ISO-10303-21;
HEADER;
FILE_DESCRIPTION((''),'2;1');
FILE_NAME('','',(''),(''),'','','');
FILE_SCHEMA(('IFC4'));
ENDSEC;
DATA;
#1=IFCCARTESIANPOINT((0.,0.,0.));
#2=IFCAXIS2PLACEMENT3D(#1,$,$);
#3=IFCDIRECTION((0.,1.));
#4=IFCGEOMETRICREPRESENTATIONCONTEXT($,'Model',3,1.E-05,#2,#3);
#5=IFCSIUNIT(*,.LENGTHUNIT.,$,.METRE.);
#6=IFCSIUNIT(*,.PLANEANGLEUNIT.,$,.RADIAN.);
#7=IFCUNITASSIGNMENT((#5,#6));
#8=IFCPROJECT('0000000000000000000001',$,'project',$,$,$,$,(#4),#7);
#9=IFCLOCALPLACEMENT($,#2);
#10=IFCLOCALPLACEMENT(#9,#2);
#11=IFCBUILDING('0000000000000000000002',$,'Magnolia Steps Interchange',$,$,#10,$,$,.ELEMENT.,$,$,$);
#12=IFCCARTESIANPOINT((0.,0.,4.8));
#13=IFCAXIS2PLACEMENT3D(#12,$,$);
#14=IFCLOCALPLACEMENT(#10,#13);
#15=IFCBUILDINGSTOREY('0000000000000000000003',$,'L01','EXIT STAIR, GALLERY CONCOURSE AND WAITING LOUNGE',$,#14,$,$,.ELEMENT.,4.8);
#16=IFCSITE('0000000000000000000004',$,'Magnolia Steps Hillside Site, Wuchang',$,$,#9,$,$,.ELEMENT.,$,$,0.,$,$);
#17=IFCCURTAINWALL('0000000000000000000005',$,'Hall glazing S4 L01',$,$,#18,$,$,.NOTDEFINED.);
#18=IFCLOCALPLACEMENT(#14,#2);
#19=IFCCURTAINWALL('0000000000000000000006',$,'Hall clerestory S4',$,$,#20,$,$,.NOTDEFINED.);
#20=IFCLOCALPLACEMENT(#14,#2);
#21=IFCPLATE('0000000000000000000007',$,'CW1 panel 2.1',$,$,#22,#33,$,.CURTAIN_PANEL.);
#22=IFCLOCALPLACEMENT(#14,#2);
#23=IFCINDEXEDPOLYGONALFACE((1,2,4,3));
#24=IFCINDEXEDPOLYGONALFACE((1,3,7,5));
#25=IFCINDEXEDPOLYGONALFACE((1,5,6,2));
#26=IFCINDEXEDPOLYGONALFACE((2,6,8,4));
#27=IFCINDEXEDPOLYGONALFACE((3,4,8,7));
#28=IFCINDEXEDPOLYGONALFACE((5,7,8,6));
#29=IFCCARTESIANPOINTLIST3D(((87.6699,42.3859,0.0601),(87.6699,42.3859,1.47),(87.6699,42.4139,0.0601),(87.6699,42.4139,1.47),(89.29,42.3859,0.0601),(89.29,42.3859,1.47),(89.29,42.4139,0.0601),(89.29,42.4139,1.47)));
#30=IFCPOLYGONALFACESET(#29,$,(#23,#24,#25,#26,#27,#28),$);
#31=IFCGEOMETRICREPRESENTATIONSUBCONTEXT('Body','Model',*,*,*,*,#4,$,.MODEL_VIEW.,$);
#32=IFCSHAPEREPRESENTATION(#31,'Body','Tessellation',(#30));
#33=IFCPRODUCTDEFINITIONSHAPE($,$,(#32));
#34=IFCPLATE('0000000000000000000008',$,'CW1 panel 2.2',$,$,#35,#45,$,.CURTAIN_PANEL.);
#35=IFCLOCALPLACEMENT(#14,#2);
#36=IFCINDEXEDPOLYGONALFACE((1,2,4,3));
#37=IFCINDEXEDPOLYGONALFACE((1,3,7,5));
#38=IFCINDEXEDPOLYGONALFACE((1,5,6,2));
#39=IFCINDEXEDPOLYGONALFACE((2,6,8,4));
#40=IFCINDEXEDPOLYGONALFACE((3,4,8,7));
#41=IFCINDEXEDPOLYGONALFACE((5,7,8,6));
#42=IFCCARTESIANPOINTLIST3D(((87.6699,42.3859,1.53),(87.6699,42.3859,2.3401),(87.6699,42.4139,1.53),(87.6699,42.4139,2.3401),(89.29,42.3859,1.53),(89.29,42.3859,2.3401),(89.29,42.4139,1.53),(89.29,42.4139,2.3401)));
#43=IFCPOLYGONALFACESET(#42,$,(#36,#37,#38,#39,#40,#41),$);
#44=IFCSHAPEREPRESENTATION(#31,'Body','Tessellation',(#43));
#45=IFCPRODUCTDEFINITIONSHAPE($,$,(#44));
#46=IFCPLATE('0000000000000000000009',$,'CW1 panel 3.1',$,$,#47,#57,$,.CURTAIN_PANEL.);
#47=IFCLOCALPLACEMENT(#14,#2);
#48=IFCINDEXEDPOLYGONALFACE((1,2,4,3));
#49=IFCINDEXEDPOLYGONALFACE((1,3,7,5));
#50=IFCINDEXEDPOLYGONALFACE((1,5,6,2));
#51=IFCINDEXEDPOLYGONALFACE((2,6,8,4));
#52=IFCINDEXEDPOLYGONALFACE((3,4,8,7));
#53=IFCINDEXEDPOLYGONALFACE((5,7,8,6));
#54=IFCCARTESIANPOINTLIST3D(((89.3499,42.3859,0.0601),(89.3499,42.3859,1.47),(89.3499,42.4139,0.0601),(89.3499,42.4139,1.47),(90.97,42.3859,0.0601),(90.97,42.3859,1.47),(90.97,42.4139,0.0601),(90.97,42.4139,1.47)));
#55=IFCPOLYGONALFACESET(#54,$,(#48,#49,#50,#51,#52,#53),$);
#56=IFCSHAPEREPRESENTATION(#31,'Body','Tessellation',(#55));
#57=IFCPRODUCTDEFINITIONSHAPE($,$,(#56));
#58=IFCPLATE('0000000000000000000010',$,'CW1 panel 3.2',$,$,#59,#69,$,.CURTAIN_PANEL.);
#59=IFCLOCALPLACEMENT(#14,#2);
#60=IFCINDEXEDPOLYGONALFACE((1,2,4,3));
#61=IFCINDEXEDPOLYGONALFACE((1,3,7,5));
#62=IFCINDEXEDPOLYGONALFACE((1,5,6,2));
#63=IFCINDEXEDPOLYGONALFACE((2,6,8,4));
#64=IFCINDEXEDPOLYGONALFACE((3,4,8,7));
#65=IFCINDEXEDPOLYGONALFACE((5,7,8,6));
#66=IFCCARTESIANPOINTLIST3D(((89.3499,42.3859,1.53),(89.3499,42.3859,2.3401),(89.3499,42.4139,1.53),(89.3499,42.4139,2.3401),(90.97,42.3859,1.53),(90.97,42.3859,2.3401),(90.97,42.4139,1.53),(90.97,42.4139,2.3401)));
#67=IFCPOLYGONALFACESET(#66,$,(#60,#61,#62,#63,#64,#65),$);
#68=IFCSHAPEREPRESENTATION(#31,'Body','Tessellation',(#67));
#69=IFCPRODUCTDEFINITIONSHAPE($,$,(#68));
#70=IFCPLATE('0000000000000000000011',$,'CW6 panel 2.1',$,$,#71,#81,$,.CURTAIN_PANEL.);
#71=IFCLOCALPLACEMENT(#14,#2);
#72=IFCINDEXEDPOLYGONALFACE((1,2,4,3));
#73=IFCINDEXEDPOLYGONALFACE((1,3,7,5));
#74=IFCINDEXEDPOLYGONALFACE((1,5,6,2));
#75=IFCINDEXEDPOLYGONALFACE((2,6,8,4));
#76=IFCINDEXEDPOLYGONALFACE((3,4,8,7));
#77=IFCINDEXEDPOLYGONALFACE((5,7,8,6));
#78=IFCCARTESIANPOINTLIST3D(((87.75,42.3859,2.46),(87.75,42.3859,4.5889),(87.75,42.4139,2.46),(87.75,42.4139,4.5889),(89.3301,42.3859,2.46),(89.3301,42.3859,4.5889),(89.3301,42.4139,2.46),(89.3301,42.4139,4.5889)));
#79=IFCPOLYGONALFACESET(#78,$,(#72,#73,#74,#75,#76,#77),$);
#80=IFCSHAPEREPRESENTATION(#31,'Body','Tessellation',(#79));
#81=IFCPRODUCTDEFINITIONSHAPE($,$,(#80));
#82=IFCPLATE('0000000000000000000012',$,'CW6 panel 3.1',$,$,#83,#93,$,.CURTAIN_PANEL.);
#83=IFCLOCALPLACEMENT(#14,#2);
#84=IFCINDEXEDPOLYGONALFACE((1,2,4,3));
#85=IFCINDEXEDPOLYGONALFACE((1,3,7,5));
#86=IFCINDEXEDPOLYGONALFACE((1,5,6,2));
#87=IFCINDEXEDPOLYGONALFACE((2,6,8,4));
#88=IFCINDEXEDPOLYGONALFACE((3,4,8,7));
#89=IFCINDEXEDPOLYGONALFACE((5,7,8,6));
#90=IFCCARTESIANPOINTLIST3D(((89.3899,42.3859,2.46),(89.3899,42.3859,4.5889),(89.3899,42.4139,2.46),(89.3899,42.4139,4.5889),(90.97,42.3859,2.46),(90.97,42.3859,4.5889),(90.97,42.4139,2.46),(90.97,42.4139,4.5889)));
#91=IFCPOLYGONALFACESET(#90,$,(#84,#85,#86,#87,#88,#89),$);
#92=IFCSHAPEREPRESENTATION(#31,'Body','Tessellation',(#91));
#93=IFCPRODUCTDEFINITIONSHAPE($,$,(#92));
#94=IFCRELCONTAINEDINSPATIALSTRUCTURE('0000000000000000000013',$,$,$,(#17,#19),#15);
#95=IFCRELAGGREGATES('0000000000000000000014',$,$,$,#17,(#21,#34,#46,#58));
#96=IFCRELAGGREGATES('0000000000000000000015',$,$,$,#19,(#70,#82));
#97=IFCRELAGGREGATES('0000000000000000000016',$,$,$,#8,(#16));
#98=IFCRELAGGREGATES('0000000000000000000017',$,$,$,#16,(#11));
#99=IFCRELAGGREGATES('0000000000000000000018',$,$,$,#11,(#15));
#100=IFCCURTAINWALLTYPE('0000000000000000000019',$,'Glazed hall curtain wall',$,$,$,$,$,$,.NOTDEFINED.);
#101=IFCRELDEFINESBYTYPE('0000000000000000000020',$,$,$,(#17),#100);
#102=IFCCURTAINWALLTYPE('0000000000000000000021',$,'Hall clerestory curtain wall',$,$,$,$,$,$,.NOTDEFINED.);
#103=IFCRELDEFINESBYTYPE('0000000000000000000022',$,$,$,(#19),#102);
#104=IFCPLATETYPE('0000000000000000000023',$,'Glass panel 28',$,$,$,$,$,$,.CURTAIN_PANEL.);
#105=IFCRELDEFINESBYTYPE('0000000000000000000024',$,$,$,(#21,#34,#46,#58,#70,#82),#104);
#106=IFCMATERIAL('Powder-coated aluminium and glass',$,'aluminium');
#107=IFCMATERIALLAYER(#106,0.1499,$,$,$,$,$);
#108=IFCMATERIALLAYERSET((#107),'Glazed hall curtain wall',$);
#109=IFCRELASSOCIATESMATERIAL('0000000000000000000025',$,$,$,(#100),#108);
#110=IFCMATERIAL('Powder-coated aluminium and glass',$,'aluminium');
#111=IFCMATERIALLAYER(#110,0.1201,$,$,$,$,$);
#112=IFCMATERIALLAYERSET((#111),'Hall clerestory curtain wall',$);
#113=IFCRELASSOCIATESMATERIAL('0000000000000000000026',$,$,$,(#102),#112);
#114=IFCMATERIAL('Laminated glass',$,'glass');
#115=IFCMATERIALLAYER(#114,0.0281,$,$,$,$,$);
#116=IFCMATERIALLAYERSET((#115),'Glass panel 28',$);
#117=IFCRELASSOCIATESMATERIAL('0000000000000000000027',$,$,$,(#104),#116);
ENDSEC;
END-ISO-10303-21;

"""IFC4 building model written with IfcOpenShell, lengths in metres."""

from ifc_helpers import new_model, si_unit, direction, frame, origin, origin_2d, place, context, subcontext, project, spatial, rectangle, extrude, material, layer, layer_set, type_object, element, aggregate, save


model = new_model("IFC4")

# Units and contexts
model_context = context("Model", 3, precision=1e-05, world=origin(), true_north=direction((0.0, 1.0)))
body_context = subcontext(model_context, "Body", "Model", "MODEL_VIEW")
ifc_project = project(units=[si_unit("LENGTHUNIT", "METRE"), si_unit("PLANEANGLEUNIT", "RADIAN")], contexts=[model_context])

# Site, building, storey
site_placement = place(None, origin())
site = spatial("IfcSite", under=ifc_project, at=site_placement, Name="Magnolia Steps Hillside Site, Wuchang", CompositionType="ELEMENT", RefElevation=0.0)
building_placement = place(site_placement, origin())
building = spatial("IfcBuilding", under=site, at=building_placement, Name="Magnolia Steps Interchange", CompositionType="ELEMENT")
storey_placement = place(building_placement, frame((0.0, 0.0, 4.8)))
storey = spatial("IfcBuildingStorey", under=building, at=storey_placement, Name="L01", Description="EXIT STAIR, GALLERY CONCOURSE AND WAITING LOUNGE", CompositionType="ELEMENT", Elevation=4.8)

# Curtain walls
ifc_material_1 = material(Name="Powder-coated aluminium and glass", Category="aluminium")
ifc_layer_1 = layer(ifc_material_1, 0.1499)
ifc_layer_set_1 = layer_set([ifc_layer_1], Name="Glazed hall curtain wall")
curtain_wall_type_1 = type_object("IfcCurtainWallType", Name="Glazed hall curtain wall", PredefinedType="NOTDEFINED", material=ifc_layer_set_1)
curtain_wall_1_placement = place(storey_placement, origin())
curtain_wall_1 = element("IfcCurtainWall", 1, at=curtain_wall_1_placement, inside=storey, type_object=curtain_wall_type_1, Name="Hall glazing S4 L01", PredefinedType="NOTDEFINED")
ifc_material_2 = material(Name="Powder-coated aluminium and glass", Category="aluminium")
ifc_layer_2 = layer(ifc_material_2, 0.1201)
ifc_layer_set_2 = layer_set([ifc_layer_2], Name="Hall clerestory curtain wall")
curtain_wall_type_2 = type_object("IfcCurtainWallType", Name="Hall clerestory curtain wall", PredefinedType="NOTDEFINED", material=ifc_layer_set_2)
curtain_wall_2_placement = place(storey_placement, origin())
curtain_wall_2 = element("IfcCurtainWall", 2, at=curtain_wall_2_placement, inside=storey, type_object=curtain_wall_type_2, Name="Hall clerestory S4", PredefinedType="NOTDEFINED")

# Plates
ifc_material_3 = material(Name="Laminated glass", Category="glass")
ifc_layer_3 = layer(ifc_material_3, 0.0281)
ifc_layer_set_3 = layer_set([ifc_layer_3], Name="Glass panel 28")
plate_type = type_object("IfcPlateType", Name="Glass panel 28", PredefinedType="CURTAIN_PANEL", material=ifc_layer_set_3)
plate_1_placement = place(storey_placement, frame((88.48, 42.3999, 0.0601), z_axis=(0.0, 0.0, 1.0), x_axis=(1.0, 0.0, 0.0)))
plate_1 = element("IfcPlate", 3, at=plate_1_placement, type_object=plate_type, Name="CW1 panel 2.1", PredefinedType="CURTAIN_PANEL", context=body_context, shape_type="SweptSolid", body=[
    extrude(rectangle(XDim=1.6201, YDim=0.0281, at=origin_2d()), origin(), (0.0, 0.0, 1.0), 1.4099),
])
plate_2_placement = place(storey_placement, frame((88.48, 42.3999, 1.53), z_axis=(0.0, 0.0, 1.0), x_axis=(1.0, 0.0, 0.0)))
plate_2 = element("IfcPlate", 4, at=plate_2_placement, type_object=plate_type, Name="CW1 panel 2.2", PredefinedType="CURTAIN_PANEL", context=body_context, shape_type="SweptSolid", body=[
    extrude(rectangle(XDim=1.6201, YDim=0.0281, at=origin_2d()), origin(), (0.0, 0.0, 1.0), 0.8101),
])
plate_3_placement = place(storey_placement, frame((90.1599, 42.3999, 0.0601), z_axis=(0.0, 0.0, 1.0), x_axis=(1.0, 0.0, 0.0)))
plate_3 = element("IfcPlate", 5, at=plate_3_placement, type_object=plate_type, Name="CW1 panel 3.1", PredefinedType="CURTAIN_PANEL", context=body_context, shape_type="SweptSolid", body=[
    extrude(rectangle(XDim=1.6201, YDim=0.0281, at=origin_2d()), origin(), (0.0, 0.0, 1.0), 1.4099),
])
plate_4_placement = place(storey_placement, frame((90.1599, 42.3999, 1.53), z_axis=(0.0, 0.0, 1.0), x_axis=(1.0, 0.0, 0.0)))
plate_4 = element("IfcPlate", 6, at=plate_4_placement, type_object=plate_type, Name="CW1 panel 3.2", PredefinedType="CURTAIN_PANEL", context=body_context, shape_type="SweptSolid", body=[
    extrude(rectangle(XDim=1.6201, YDim=0.0281, at=origin_2d()), origin(), (0.0, 0.0, 1.0), 0.8101),
])
aggregate(curtain_wall_1, [plate_1, plate_2, plate_3, plate_4])
plate_5_placement = place(storey_placement, frame((88.54, 42.3999, 2.46), z_axis=(0.0, 0.0, 1.0), x_axis=(1.0, 0.0, 0.0)))
plate_5 = element("IfcPlate", 7, at=plate_5_placement, type_object=plate_type, Name="CW6 panel 2.1", PredefinedType="CURTAIN_PANEL", context=body_context, shape_type="SweptSolid", body=[
    extrude(rectangle(XDim=1.5801, YDim=0.0281, at=origin_2d()), origin(), (0.0, 0.0, 1.0), 2.1289),
])
plate_6_placement = place(storey_placement, frame((90.1799, 42.3999, 2.46), z_axis=(0.0, 0.0, 1.0), x_axis=(1.0, 0.0, 0.0)))
plate_6 = element("IfcPlate", 8, at=plate_6_placement, type_object=plate_type, Name="CW6 panel 3.1", PredefinedType="CURTAIN_PANEL", context=body_context, shape_type="SweptSolid", body=[
    extrude(rectangle(XDim=1.5801, YDim=0.0281, at=origin_2d()), origin(), (0.0, 0.0, 1.0), 2.1289),
])
aggregate(curtain_wall_2, [plate_5, plate_6])

save(model, "model.ifc")
